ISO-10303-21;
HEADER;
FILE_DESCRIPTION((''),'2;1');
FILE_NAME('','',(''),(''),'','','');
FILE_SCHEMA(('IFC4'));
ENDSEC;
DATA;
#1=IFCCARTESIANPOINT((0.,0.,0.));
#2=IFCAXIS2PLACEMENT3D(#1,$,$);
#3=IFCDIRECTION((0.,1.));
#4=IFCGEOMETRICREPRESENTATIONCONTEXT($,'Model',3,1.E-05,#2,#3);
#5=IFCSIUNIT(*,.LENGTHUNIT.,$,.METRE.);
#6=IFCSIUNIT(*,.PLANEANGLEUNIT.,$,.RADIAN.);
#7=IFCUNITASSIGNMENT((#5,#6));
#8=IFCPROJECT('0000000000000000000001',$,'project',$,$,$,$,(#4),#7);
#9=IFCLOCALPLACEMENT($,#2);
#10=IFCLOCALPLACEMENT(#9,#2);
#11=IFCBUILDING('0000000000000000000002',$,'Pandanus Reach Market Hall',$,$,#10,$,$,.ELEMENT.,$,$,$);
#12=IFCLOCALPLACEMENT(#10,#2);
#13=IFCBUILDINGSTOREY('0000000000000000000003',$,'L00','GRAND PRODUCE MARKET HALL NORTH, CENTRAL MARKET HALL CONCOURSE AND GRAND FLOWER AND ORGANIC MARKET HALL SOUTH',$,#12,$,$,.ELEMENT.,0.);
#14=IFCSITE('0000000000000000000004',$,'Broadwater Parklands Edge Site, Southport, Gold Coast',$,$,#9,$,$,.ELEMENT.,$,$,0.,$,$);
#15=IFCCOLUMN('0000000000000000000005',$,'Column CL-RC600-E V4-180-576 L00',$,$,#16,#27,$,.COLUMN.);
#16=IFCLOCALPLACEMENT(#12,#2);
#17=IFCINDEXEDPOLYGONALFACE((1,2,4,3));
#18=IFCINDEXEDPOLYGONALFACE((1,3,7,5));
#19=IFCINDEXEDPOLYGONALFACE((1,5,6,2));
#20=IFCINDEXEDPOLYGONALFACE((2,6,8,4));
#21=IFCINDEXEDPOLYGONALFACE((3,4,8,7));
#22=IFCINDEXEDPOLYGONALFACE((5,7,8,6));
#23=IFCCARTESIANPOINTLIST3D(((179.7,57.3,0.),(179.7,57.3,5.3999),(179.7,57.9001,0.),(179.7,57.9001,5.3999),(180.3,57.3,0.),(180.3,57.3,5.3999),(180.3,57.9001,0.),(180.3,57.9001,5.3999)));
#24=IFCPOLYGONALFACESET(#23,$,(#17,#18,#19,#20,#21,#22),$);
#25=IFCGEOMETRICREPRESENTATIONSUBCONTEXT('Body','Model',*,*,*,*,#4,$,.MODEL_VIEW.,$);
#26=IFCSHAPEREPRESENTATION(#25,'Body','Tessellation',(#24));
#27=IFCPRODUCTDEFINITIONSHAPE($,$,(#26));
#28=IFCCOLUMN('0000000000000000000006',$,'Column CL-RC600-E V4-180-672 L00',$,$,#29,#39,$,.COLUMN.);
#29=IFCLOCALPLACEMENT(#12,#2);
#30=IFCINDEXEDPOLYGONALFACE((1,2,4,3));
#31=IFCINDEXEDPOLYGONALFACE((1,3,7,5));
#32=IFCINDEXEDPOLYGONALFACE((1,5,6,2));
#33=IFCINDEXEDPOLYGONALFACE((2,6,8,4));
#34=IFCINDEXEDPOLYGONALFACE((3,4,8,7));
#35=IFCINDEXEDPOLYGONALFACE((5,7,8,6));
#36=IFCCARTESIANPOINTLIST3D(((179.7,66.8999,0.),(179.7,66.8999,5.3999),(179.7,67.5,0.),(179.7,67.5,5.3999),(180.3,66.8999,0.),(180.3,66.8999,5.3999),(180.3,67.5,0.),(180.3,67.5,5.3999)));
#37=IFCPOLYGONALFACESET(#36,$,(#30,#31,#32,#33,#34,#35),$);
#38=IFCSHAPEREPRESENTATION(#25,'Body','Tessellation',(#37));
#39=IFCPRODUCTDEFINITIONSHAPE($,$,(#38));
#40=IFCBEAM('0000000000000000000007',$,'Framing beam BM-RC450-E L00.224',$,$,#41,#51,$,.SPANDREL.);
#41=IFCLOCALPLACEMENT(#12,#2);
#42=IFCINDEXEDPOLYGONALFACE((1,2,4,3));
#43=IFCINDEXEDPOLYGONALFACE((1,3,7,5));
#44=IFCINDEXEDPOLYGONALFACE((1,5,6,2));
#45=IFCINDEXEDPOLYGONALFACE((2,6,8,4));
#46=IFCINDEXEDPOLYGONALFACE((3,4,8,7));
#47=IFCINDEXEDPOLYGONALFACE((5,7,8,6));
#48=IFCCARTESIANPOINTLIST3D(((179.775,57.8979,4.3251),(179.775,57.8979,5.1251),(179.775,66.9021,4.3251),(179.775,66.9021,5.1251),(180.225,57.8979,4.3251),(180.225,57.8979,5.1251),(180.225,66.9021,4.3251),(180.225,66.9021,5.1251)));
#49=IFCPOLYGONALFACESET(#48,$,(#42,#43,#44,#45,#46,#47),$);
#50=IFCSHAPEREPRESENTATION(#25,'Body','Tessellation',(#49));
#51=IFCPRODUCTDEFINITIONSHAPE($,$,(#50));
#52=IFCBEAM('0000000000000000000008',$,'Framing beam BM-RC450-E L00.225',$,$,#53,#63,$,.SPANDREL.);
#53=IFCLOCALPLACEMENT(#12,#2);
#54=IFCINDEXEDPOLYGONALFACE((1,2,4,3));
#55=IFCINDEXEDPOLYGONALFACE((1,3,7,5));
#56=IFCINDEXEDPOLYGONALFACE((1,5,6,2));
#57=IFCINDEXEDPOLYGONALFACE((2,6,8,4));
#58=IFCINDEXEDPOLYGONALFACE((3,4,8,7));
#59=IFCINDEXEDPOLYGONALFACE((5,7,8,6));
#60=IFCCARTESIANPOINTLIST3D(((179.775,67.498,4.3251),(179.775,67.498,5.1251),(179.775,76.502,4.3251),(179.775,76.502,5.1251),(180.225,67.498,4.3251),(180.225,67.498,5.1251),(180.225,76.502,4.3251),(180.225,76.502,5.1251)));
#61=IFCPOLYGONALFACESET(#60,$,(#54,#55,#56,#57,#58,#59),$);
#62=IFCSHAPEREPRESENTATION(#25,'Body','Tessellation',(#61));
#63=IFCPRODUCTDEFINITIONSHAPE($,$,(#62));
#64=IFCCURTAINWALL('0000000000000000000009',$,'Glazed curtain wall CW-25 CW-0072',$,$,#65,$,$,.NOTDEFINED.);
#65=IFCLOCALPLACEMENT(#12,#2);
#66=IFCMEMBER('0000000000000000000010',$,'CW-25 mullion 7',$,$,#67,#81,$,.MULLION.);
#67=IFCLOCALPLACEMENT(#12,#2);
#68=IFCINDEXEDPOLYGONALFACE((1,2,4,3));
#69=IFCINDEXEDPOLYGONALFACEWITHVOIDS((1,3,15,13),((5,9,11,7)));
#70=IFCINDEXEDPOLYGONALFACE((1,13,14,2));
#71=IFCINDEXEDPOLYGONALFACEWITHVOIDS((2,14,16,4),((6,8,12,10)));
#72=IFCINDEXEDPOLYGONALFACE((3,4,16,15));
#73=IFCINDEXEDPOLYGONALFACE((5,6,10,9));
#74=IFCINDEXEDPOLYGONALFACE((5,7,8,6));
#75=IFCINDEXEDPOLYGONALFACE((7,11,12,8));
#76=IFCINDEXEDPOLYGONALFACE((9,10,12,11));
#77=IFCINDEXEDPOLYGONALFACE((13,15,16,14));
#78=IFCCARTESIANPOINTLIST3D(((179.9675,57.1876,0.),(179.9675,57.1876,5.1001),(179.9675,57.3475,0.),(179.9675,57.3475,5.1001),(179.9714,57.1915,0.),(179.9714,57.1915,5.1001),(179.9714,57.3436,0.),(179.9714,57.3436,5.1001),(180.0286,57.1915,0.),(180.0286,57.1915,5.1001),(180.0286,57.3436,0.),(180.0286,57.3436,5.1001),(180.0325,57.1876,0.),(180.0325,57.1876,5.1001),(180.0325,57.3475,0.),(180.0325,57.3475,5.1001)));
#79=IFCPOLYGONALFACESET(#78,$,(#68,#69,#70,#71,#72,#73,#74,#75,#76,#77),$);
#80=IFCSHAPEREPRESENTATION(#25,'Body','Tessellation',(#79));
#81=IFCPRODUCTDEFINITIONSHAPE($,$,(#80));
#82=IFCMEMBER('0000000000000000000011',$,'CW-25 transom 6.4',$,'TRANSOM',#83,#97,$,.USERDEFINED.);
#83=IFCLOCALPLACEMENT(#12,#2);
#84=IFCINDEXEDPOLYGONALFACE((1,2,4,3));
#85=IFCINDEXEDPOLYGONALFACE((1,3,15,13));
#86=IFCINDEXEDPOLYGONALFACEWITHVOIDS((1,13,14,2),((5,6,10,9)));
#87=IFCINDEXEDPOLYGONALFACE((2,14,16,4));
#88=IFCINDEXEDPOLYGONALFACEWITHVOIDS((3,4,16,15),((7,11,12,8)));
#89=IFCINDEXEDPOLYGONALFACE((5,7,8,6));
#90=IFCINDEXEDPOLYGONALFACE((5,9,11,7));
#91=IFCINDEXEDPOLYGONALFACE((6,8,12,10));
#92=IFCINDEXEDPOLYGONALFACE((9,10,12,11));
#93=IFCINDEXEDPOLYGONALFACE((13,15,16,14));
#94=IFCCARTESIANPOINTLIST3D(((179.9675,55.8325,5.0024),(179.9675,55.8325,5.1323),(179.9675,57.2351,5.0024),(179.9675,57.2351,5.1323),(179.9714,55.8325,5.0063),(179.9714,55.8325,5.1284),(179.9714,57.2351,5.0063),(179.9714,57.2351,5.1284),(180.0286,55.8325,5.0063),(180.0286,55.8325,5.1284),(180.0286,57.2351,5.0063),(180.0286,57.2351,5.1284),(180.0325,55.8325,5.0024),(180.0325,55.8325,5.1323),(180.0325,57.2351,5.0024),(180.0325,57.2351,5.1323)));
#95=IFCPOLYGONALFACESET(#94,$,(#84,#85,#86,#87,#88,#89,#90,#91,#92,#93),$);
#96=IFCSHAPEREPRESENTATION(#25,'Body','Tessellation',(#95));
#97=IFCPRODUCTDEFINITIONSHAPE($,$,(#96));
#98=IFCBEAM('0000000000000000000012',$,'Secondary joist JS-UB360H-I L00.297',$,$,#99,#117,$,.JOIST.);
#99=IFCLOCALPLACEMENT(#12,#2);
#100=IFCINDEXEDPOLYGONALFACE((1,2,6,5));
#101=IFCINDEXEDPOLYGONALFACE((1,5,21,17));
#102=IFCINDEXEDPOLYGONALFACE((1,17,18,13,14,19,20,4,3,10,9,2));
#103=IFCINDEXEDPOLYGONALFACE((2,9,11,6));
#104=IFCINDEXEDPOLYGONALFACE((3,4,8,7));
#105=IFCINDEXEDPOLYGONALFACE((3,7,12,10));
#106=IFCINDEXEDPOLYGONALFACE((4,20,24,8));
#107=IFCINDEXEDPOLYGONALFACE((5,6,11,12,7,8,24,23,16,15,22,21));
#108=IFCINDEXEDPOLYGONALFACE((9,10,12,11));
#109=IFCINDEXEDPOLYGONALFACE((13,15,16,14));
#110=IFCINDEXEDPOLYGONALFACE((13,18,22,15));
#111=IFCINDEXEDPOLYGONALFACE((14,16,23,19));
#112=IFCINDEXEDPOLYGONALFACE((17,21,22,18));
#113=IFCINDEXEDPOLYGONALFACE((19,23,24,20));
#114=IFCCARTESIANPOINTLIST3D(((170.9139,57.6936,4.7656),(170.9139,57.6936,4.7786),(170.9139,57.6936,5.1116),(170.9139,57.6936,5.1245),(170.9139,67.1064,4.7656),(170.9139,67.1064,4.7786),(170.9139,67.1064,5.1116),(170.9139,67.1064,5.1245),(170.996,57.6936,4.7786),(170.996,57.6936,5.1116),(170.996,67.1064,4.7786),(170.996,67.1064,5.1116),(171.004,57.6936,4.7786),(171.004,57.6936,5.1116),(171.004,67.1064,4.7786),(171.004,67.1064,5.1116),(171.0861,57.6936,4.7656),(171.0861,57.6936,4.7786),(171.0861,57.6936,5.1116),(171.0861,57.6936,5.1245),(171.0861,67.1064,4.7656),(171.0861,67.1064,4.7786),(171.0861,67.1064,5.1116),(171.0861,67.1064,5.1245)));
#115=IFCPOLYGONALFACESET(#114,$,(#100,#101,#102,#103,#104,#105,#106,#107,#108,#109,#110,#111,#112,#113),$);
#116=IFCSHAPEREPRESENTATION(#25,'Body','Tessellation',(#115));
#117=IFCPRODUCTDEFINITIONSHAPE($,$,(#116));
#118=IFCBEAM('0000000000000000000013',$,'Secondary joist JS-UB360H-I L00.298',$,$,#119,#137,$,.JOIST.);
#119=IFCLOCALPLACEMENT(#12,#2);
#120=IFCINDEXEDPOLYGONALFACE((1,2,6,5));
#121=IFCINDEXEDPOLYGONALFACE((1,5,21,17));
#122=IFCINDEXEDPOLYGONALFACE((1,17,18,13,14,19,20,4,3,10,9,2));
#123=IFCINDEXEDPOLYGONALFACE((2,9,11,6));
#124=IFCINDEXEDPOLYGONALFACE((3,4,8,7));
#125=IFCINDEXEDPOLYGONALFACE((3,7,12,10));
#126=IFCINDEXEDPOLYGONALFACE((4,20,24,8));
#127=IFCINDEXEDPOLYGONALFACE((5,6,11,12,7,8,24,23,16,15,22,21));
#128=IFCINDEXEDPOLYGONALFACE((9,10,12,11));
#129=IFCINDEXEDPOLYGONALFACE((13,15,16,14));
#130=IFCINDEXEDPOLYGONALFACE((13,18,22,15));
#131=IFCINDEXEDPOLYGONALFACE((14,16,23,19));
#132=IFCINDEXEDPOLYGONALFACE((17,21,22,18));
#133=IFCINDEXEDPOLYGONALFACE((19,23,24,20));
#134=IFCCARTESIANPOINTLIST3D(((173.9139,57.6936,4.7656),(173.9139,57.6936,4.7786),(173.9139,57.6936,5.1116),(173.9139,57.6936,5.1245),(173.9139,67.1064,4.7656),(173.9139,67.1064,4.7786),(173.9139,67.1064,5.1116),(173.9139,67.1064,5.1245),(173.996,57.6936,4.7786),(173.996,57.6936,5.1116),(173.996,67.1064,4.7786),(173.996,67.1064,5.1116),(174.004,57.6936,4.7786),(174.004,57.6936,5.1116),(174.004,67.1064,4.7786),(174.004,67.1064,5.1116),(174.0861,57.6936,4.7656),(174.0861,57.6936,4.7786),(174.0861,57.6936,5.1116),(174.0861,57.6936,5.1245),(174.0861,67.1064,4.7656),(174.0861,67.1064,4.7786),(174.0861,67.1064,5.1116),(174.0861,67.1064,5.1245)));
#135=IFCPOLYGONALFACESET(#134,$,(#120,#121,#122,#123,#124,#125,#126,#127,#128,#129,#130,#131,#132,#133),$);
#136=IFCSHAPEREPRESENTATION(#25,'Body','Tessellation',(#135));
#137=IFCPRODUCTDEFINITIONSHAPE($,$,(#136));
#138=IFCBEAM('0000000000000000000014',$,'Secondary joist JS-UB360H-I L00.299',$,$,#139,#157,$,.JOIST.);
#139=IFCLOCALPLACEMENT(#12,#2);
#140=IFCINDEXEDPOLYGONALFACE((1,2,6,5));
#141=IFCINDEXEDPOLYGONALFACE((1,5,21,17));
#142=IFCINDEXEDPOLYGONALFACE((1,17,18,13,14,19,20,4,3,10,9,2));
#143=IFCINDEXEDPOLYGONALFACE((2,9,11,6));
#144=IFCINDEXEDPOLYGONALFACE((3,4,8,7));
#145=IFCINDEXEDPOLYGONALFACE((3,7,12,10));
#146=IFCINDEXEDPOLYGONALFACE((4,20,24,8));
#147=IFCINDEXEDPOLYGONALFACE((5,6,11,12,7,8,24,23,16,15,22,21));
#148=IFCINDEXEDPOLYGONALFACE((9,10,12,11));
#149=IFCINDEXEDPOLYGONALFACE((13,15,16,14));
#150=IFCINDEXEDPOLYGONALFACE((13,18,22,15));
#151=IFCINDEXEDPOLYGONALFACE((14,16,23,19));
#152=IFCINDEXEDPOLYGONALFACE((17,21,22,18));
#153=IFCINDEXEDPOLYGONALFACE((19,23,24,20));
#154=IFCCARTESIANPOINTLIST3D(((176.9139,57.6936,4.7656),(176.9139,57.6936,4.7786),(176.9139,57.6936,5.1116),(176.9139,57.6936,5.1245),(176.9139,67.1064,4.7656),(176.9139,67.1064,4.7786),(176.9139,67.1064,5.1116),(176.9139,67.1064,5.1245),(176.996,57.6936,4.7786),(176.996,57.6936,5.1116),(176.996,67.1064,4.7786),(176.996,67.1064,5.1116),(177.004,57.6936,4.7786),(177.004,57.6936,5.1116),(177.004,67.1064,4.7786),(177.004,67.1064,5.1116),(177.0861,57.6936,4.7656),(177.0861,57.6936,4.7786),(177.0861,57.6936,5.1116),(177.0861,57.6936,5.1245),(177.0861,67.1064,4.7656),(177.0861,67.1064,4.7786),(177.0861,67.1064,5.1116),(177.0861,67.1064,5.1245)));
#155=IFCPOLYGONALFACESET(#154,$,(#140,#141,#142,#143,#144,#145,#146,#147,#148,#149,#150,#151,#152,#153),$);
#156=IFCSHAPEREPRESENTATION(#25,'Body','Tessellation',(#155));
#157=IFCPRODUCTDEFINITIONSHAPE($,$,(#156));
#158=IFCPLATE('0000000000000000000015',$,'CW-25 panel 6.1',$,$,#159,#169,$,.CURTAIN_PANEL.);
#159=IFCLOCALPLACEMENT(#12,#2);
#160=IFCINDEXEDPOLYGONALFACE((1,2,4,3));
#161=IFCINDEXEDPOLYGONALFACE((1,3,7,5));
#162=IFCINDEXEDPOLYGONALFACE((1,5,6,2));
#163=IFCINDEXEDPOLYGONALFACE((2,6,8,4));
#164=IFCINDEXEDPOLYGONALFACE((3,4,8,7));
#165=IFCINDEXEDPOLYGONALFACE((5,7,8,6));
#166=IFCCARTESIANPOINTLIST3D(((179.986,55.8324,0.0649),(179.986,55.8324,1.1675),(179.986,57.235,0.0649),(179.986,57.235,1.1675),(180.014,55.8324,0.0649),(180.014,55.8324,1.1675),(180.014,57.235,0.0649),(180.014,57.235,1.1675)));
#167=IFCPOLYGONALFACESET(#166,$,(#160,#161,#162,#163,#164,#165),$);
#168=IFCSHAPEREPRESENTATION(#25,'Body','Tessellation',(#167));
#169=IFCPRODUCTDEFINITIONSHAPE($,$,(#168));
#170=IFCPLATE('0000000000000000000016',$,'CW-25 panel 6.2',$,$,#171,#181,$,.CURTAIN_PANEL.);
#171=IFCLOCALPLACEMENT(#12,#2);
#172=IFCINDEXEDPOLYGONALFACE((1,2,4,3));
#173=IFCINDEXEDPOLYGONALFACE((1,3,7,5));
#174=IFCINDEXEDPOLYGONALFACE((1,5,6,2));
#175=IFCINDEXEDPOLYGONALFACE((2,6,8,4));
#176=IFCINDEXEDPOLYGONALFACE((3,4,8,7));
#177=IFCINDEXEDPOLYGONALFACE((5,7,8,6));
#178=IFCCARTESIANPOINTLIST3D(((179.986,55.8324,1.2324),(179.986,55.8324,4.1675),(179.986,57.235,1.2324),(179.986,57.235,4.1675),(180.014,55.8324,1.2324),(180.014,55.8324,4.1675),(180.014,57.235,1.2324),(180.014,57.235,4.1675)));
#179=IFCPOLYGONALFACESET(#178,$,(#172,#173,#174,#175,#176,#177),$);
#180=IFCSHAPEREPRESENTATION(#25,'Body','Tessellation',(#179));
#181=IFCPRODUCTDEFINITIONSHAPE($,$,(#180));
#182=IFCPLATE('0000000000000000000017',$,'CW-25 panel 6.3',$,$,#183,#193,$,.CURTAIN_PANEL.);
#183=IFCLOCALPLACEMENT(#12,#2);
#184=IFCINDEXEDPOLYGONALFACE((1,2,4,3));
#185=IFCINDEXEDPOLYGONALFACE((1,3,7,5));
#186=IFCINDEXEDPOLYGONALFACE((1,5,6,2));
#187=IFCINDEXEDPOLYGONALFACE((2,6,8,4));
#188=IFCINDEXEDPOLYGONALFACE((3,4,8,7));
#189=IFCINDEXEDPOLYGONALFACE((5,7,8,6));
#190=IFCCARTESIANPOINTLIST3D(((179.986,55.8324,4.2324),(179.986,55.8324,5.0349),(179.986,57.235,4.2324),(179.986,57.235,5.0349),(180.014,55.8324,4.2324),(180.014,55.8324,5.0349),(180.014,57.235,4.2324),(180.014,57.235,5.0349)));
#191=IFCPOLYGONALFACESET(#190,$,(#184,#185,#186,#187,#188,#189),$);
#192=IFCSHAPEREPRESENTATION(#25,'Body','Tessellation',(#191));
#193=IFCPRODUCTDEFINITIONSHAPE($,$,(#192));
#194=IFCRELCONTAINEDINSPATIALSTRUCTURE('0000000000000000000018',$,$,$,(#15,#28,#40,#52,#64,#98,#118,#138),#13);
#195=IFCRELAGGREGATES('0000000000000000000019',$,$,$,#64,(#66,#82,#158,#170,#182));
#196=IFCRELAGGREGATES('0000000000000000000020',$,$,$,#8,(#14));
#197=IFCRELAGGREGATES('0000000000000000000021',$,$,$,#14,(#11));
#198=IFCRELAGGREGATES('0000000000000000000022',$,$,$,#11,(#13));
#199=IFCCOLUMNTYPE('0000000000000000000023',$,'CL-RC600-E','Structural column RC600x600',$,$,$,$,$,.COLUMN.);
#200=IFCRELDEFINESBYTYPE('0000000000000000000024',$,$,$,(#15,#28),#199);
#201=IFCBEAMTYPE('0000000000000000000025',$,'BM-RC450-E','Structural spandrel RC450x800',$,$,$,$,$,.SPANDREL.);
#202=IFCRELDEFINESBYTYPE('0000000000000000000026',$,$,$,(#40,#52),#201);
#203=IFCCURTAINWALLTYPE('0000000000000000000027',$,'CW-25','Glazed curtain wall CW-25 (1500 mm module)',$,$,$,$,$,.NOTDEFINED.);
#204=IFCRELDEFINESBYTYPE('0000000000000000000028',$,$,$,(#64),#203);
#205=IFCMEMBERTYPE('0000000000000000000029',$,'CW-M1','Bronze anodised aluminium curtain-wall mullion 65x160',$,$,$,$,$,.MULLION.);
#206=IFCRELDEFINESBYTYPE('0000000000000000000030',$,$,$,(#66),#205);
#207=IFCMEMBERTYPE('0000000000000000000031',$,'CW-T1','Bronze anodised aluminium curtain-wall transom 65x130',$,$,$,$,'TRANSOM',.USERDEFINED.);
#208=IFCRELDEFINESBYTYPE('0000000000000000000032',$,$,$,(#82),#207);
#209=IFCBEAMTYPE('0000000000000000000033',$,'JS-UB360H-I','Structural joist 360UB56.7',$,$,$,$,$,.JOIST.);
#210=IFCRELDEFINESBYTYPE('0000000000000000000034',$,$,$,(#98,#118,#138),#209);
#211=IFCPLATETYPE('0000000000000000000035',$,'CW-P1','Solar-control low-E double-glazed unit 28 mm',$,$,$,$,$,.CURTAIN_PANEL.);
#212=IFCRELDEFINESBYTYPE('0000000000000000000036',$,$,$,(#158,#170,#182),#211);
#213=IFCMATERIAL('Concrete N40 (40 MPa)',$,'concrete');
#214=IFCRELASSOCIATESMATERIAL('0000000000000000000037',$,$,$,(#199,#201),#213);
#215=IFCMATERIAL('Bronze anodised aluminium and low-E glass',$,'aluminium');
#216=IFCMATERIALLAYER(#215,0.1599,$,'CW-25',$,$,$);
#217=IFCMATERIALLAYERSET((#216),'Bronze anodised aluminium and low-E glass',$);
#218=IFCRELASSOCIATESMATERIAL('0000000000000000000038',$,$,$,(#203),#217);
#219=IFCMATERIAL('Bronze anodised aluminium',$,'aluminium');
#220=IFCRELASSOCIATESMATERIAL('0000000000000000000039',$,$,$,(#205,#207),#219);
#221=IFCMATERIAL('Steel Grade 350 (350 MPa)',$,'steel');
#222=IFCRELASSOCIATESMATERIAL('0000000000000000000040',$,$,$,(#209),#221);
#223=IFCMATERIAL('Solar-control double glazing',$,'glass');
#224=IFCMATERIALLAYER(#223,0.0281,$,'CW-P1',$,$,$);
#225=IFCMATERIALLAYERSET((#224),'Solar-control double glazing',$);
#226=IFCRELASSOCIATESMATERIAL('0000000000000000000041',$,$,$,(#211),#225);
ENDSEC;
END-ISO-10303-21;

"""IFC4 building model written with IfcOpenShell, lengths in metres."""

from ifc_helpers import new_model, si_unit, direction, frame, origin, origin_2d, place, context, subcontext, project, spatial, rectangle, hollow_rectangle, i_section, extrude, material, layer, layer_set, material_profile, profile_set, type_object, element, aggregate, save


model = new_model("IFC4")

# Units and contexts
model_context = context("Model", 3, precision=1e-05, world=origin(), true_north=direction((0.0, 1.0)))
body_context = subcontext(model_context, "Body", "Model", "MODEL_VIEW")
ifc_project = project(units=[si_unit("LENGTHUNIT", "METRE"), si_unit("PLANEANGLEUNIT", "RADIAN")], contexts=[model_context])

# Site, building, storey
site_placement = place(None, origin())
site = spatial("IfcSite", under=ifc_project, at=site_placement, Name="Broadwater Parklands Edge Site, Southport, Gold Coast", CompositionType="ELEMENT", RefElevation=0.0)
building_placement = place(site_placement, origin())
building = spatial("IfcBuilding", under=site, at=building_placement, Name="Pandanus Reach Market Hall", CompositionType="ELEMENT")
storey_placement = place(building_placement, origin())
storey = spatial("IfcBuildingStorey", under=building, at=storey_placement, Name="L00", Description="GRAND PRODUCE MARKET HALL NORTH, CENTRAL MARKET HALL CONCOURSE AND GRAND FLOWER AND ORGANIC MARKET HALL SOUTH", CompositionType="ELEMENT", Elevation=0.0)

# Columns
ifc_material_1 = material(Name="Concrete N40 (40 MPa)", Category="concrete")
ifc_material_profile_1 = material_profile(ifc_material_1, rectangle(XDim=0.6001, YDim=0.6001, at=origin_2d()), Name="RC600x600", Category="LoadBearing")
ifc_profile_set_1 = profile_set([ifc_material_profile_1], Name="Concrete N40 (40 MPa)")
column_type = type_object("IfcColumnType", Name="CL-RC600-E", Description="Structural column RC600x600", PredefinedType="COLUMN", material=ifc_profile_set_1)
for number, where, z_axis, x_axis, name in (
    (1, (180.0, 57.6001, 0.0), (0.0, 0.0, 1.0), (1.0, 0.0, 0.0), "Column CL-RC600-E V4-180-576 L00"),
    (2, (180.0, 67.2, 0.0), (0.0, 0.0, 1.0), (1.0, 0.0, 0.0), "Column CL-RC600-E V4-180-672 L00"),
):
    element("IfcColumn", number, at=place(storey_placement, frame(where, z_axis=z_axis, x_axis=x_axis)), inside=storey, type_object=column_type, Name=name, PredefinedType="COLUMN", context=body_context, shape_type="SweptSolid", body=[
        extrude(rectangle(XDim=0.6001, YDim=0.6001, at=origin_2d()), origin(), (0.0, 0.0, 1.0), 5.3999),
    ])

# Beams
ifc_material_profile_2 = material_profile(ifc_material_1, rectangle(XDim=0.45, YDim=0.8, at=origin_2d()), Name="RC450x800", Category="LoadBearing")
ifc_profile_set_2 = profile_set([ifc_material_profile_2], Name="Concrete N40 (40 MPa)")
beam_type_1 = type_object("IfcBeamType", Name="BM-RC450-E", Description="Structural spandrel RC450x800", PredefinedType="SPANDREL", material=ifc_profile_set_2)
beam_1_placement = place(storey_placement, frame((180.0, 57.8979, 4.7251), z_axis=(0.0, 1.0, 0.0), x_axis=(-1.0, 0.0, 0.0)))
element("IfcBeam", 3, at=beam_1_placement, inside=storey, type_object=beam_type_1, Name="Framing beam BM-RC450-E L00.224", PredefinedType="SPANDREL", context=body_context, shape_type="SweptSolid", body=[
    extrude(rectangle(XDim=0.45, YDim=0.8, at=origin_2d()), origin(), (0.0, 0.0, 1.0), 9.0042),
])
beam_2_placement = place(storey_placement, frame((180.0, 67.498, 4.7251), z_axis=(0.0, 1.0, 0.0), x_axis=(-1.0, 0.0, 0.0)))
element("IfcBeam", 4, at=beam_2_placement, inside=storey, type_object=beam_type_1, Name="Framing beam BM-RC450-E L00.225", PredefinedType="SPANDREL", context=body_context, shape_type="SweptSolid", body=[
    extrude(rectangle(XDim=0.45, YDim=0.8, at=origin_2d()), origin(), (0.0, 0.0, 1.0), 9.0039),
])

# Curtain wall, members
ifc_material_2 = material(Name="Bronze anodised aluminium and low-E glass", Category="aluminium")
ifc_layer_1 = layer(ifc_material_2, 0.1599, Name="CW-25")
ifc_layer_set_1 = layer_set([ifc_layer_1], Name="Bronze anodised aluminium and low-E glass")
curtain_wall_type = type_object("IfcCurtainWallType", Name="CW-25", Description="Glazed curtain wall CW-25 (1500 mm module)", PredefinedType="NOTDEFINED", material=ifc_layer_set_1)
curtain_wall_placement = place(storey_placement, origin())
curtain_wall = element("IfcCurtainWall", 5, at=curtain_wall_placement, inside=storey, type_object=curtain_wall_type, Name="Glazed curtain wall CW-25 CW-0072", PredefinedType="NOTDEFINED")
ifc_material_3 = material(Name="Bronze anodised aluminium", Category="aluminium")
ifc_material_profile_3 = material_profile(ifc_material_3, hollow_rectangle(XDim=0.0649, YDim=0.1599, WallThickness=0.0039, at=origin_2d()), Name="ALU65x160", Category="LoadBearing")
ifc_profile_set_3 = profile_set([ifc_material_profile_3], Name="Bronze anodised aluminium")
member_type_1 = type_object("IfcMemberType", Name="CW-M1", Description="Bronze anodised aluminium curtain-wall mullion 65x160", PredefinedType="MULLION", material=ifc_profile_set_3)
member_1_placement = place(storey_placement, frame((180.0, 57.2676, 0.0), z_axis=(0.0, 0.0, 1.0), x_axis=(-1.0, 0.0, 0.0)))
member_1 = element("IfcMember", 6, at=member_1_placement, type_object=member_type_1, Name="CW-25 mullion 7", PredefinedType="MULLION", context=body_context, shape_type="SweptSolid", body=[
    extrude(hollow_rectangle(XDim=0.0649, YDim=0.1599, WallThickness=0.0039, at=origin_2d()), origin(), (0.0, 0.0, 1.0), 5.1001),
])
ifc_material_profile_4 = material_profile(ifc_material_3, hollow_rectangle(XDim=0.0649, YDim=0.1299, WallThickness=0.0039, at=origin_2d()), Name="ALU65x130", Category="LoadBearing")
ifc_profile_set_4 = profile_set([ifc_material_profile_4], Name="Bronze anodised aluminium")
member_type_2 = type_object("IfcMemberType", Name="CW-T1", Description="Bronze anodised aluminium curtain-wall transom 65x130", ElementType="TRANSOM", PredefinedType="USERDEFINED", material=ifc_profile_set_4)
member_2_placement = place(storey_placement, frame((180.0, 55.8325, 5.0674), z_axis=(0.0, 1.0, 0.0), x_axis=(-1.0, 0.0, 0.0)))
member_2 = element("IfcMember", 7, at=member_2_placement, type_object=member_type_2, Name="CW-25 transom 6.4", ObjectType="TRANSOM", PredefinedType="USERDEFINED", context=body_context, shape_type="SweptSolid", body=[
    extrude(hollow_rectangle(XDim=0.0649, YDim=0.1299, WallThickness=0.0039, at=origin_2d()), origin(), (0.0, 0.0, 1.0), 1.4026),
])

# Beams
ifc_material_4 = material(Name="Steel Grade 350 (350 MPa)", Category="steel")
ifc_material_profile_5 = material_profile(ifc_material_4, i_section(OverallWidth=0.1721, OverallDepth=0.3589, WebThickness=0.0081, FlangeThickness=0.0129, at=origin_2d()), Name="360UB56.7", Category="LoadBearing")
ifc_profile_set_5 = profile_set([ifc_material_profile_5], Name="Steel Grade 350 (350 MPa)")
beam_type_2 = type_object("IfcBeamType", Name="JS-UB360H-I", Description="Structural joist 360UB56.7", PredefinedType="JOIST", material=ifc_profile_set_5)
for number, where, z_axis, x_axis, name in (
    (8, (171.0, 57.6936, 4.9451), (0.0, 1.0, 0.0), (-1.0, 0.0, 0.0), "Secondary joist JS-UB360H-I L00.297"),
    (9, (174.0, 57.6936, 4.9451), (0.0, 1.0, 0.0), (-1.0, 0.0, 0.0), "Secondary joist JS-UB360H-I L00.298"),
    (10, (177.0, 57.6936, 4.9451), (0.0, 1.0, 0.0), (-1.0, 0.0, 0.0), "Secondary joist JS-UB360H-I L00.299"),
):
    element("IfcBeam", number, at=place(storey_placement, frame(where, z_axis=z_axis, x_axis=x_axis)), inside=storey, type_object=beam_type_2, Name=name, PredefinedType="JOIST", context=body_context, shape_type="SweptSolid", body=[
        extrude(i_section(OverallWidth=0.1721, OverallDepth=0.3589, WebThickness=0.0081, FlangeThickness=0.0129, at=origin_2d()), origin(), (0.0, 0.0, 1.0), 9.4128),
    ])

# Plates
ifc_material_5 = material(Name="Solar-control double glazing", Category="glass")
ifc_layer_2 = layer(ifc_material_5, 0.0281, Name="CW-P1")
ifc_layer_set_2 = layer_set([ifc_layer_2], Name="Solar-control double glazing")
plate_type = type_object("IfcPlateType", Name="CW-P1", Description="Solar-control low-E double-glazed unit 28 mm", PredefinedType="CURTAIN_PANEL", material=ifc_layer_set_2)
plate_1_placement = place(storey_placement, frame((180.0, 56.5337, 0.0649), z_axis=(0.0, 0.0, 1.0), x_axis=(0.0, 1.0, 0.0)))
plate_1 = element("IfcPlate", 11, at=plate_1_placement, type_object=plate_type, Name="CW-25 panel 6.1", PredefinedType="CURTAIN_PANEL", context=body_context, shape_type="SweptSolid", body=[
    extrude(rectangle(XDim=1.4026, YDim=0.0281, at=origin_2d()), origin(), (0.0, 0.0, 1.0), 1.1025),
])
plate_2_placement = place(storey_placement, frame((180.0, 56.5337, 1.2324), z_axis=(0.0, 0.0, 1.0), x_axis=(0.0, 1.0, 0.0)))
plate_2 = element("IfcPlate", 12, at=plate_2_placement, type_object=plate_type, Name="CW-25 panel 6.2", PredefinedType="CURTAIN_PANEL", context=body_context, shape_type="SweptSolid", body=[
    extrude(rectangle(XDim=1.4026, YDim=0.0281, at=origin_2d()), origin(), (0.0, 0.0, 1.0), 2.9351),
])
plate_3_placement = place(storey_placement, frame((180.0, 56.5337, 4.2324), z_axis=(0.0, 0.0, 1.0), x_axis=(0.0, 1.0, 0.0)))
plate_3 = element("IfcPlate", 13, at=plate_3_placement, type_object=plate_type, Name="CW-25 panel 6.3", PredefinedType="CURTAIN_PANEL", context=body_context, shape_type="SweptSolid", body=[
    extrude(rectangle(XDim=1.4026, YDim=0.0281, at=origin_2d()), origin(), (0.0, 0.0, 1.0), 0.8025),
])
aggregate(curtain_wall, [member_1, member_2, plate_1, plate_2, plate_3])

save(model, "model.ifc")
